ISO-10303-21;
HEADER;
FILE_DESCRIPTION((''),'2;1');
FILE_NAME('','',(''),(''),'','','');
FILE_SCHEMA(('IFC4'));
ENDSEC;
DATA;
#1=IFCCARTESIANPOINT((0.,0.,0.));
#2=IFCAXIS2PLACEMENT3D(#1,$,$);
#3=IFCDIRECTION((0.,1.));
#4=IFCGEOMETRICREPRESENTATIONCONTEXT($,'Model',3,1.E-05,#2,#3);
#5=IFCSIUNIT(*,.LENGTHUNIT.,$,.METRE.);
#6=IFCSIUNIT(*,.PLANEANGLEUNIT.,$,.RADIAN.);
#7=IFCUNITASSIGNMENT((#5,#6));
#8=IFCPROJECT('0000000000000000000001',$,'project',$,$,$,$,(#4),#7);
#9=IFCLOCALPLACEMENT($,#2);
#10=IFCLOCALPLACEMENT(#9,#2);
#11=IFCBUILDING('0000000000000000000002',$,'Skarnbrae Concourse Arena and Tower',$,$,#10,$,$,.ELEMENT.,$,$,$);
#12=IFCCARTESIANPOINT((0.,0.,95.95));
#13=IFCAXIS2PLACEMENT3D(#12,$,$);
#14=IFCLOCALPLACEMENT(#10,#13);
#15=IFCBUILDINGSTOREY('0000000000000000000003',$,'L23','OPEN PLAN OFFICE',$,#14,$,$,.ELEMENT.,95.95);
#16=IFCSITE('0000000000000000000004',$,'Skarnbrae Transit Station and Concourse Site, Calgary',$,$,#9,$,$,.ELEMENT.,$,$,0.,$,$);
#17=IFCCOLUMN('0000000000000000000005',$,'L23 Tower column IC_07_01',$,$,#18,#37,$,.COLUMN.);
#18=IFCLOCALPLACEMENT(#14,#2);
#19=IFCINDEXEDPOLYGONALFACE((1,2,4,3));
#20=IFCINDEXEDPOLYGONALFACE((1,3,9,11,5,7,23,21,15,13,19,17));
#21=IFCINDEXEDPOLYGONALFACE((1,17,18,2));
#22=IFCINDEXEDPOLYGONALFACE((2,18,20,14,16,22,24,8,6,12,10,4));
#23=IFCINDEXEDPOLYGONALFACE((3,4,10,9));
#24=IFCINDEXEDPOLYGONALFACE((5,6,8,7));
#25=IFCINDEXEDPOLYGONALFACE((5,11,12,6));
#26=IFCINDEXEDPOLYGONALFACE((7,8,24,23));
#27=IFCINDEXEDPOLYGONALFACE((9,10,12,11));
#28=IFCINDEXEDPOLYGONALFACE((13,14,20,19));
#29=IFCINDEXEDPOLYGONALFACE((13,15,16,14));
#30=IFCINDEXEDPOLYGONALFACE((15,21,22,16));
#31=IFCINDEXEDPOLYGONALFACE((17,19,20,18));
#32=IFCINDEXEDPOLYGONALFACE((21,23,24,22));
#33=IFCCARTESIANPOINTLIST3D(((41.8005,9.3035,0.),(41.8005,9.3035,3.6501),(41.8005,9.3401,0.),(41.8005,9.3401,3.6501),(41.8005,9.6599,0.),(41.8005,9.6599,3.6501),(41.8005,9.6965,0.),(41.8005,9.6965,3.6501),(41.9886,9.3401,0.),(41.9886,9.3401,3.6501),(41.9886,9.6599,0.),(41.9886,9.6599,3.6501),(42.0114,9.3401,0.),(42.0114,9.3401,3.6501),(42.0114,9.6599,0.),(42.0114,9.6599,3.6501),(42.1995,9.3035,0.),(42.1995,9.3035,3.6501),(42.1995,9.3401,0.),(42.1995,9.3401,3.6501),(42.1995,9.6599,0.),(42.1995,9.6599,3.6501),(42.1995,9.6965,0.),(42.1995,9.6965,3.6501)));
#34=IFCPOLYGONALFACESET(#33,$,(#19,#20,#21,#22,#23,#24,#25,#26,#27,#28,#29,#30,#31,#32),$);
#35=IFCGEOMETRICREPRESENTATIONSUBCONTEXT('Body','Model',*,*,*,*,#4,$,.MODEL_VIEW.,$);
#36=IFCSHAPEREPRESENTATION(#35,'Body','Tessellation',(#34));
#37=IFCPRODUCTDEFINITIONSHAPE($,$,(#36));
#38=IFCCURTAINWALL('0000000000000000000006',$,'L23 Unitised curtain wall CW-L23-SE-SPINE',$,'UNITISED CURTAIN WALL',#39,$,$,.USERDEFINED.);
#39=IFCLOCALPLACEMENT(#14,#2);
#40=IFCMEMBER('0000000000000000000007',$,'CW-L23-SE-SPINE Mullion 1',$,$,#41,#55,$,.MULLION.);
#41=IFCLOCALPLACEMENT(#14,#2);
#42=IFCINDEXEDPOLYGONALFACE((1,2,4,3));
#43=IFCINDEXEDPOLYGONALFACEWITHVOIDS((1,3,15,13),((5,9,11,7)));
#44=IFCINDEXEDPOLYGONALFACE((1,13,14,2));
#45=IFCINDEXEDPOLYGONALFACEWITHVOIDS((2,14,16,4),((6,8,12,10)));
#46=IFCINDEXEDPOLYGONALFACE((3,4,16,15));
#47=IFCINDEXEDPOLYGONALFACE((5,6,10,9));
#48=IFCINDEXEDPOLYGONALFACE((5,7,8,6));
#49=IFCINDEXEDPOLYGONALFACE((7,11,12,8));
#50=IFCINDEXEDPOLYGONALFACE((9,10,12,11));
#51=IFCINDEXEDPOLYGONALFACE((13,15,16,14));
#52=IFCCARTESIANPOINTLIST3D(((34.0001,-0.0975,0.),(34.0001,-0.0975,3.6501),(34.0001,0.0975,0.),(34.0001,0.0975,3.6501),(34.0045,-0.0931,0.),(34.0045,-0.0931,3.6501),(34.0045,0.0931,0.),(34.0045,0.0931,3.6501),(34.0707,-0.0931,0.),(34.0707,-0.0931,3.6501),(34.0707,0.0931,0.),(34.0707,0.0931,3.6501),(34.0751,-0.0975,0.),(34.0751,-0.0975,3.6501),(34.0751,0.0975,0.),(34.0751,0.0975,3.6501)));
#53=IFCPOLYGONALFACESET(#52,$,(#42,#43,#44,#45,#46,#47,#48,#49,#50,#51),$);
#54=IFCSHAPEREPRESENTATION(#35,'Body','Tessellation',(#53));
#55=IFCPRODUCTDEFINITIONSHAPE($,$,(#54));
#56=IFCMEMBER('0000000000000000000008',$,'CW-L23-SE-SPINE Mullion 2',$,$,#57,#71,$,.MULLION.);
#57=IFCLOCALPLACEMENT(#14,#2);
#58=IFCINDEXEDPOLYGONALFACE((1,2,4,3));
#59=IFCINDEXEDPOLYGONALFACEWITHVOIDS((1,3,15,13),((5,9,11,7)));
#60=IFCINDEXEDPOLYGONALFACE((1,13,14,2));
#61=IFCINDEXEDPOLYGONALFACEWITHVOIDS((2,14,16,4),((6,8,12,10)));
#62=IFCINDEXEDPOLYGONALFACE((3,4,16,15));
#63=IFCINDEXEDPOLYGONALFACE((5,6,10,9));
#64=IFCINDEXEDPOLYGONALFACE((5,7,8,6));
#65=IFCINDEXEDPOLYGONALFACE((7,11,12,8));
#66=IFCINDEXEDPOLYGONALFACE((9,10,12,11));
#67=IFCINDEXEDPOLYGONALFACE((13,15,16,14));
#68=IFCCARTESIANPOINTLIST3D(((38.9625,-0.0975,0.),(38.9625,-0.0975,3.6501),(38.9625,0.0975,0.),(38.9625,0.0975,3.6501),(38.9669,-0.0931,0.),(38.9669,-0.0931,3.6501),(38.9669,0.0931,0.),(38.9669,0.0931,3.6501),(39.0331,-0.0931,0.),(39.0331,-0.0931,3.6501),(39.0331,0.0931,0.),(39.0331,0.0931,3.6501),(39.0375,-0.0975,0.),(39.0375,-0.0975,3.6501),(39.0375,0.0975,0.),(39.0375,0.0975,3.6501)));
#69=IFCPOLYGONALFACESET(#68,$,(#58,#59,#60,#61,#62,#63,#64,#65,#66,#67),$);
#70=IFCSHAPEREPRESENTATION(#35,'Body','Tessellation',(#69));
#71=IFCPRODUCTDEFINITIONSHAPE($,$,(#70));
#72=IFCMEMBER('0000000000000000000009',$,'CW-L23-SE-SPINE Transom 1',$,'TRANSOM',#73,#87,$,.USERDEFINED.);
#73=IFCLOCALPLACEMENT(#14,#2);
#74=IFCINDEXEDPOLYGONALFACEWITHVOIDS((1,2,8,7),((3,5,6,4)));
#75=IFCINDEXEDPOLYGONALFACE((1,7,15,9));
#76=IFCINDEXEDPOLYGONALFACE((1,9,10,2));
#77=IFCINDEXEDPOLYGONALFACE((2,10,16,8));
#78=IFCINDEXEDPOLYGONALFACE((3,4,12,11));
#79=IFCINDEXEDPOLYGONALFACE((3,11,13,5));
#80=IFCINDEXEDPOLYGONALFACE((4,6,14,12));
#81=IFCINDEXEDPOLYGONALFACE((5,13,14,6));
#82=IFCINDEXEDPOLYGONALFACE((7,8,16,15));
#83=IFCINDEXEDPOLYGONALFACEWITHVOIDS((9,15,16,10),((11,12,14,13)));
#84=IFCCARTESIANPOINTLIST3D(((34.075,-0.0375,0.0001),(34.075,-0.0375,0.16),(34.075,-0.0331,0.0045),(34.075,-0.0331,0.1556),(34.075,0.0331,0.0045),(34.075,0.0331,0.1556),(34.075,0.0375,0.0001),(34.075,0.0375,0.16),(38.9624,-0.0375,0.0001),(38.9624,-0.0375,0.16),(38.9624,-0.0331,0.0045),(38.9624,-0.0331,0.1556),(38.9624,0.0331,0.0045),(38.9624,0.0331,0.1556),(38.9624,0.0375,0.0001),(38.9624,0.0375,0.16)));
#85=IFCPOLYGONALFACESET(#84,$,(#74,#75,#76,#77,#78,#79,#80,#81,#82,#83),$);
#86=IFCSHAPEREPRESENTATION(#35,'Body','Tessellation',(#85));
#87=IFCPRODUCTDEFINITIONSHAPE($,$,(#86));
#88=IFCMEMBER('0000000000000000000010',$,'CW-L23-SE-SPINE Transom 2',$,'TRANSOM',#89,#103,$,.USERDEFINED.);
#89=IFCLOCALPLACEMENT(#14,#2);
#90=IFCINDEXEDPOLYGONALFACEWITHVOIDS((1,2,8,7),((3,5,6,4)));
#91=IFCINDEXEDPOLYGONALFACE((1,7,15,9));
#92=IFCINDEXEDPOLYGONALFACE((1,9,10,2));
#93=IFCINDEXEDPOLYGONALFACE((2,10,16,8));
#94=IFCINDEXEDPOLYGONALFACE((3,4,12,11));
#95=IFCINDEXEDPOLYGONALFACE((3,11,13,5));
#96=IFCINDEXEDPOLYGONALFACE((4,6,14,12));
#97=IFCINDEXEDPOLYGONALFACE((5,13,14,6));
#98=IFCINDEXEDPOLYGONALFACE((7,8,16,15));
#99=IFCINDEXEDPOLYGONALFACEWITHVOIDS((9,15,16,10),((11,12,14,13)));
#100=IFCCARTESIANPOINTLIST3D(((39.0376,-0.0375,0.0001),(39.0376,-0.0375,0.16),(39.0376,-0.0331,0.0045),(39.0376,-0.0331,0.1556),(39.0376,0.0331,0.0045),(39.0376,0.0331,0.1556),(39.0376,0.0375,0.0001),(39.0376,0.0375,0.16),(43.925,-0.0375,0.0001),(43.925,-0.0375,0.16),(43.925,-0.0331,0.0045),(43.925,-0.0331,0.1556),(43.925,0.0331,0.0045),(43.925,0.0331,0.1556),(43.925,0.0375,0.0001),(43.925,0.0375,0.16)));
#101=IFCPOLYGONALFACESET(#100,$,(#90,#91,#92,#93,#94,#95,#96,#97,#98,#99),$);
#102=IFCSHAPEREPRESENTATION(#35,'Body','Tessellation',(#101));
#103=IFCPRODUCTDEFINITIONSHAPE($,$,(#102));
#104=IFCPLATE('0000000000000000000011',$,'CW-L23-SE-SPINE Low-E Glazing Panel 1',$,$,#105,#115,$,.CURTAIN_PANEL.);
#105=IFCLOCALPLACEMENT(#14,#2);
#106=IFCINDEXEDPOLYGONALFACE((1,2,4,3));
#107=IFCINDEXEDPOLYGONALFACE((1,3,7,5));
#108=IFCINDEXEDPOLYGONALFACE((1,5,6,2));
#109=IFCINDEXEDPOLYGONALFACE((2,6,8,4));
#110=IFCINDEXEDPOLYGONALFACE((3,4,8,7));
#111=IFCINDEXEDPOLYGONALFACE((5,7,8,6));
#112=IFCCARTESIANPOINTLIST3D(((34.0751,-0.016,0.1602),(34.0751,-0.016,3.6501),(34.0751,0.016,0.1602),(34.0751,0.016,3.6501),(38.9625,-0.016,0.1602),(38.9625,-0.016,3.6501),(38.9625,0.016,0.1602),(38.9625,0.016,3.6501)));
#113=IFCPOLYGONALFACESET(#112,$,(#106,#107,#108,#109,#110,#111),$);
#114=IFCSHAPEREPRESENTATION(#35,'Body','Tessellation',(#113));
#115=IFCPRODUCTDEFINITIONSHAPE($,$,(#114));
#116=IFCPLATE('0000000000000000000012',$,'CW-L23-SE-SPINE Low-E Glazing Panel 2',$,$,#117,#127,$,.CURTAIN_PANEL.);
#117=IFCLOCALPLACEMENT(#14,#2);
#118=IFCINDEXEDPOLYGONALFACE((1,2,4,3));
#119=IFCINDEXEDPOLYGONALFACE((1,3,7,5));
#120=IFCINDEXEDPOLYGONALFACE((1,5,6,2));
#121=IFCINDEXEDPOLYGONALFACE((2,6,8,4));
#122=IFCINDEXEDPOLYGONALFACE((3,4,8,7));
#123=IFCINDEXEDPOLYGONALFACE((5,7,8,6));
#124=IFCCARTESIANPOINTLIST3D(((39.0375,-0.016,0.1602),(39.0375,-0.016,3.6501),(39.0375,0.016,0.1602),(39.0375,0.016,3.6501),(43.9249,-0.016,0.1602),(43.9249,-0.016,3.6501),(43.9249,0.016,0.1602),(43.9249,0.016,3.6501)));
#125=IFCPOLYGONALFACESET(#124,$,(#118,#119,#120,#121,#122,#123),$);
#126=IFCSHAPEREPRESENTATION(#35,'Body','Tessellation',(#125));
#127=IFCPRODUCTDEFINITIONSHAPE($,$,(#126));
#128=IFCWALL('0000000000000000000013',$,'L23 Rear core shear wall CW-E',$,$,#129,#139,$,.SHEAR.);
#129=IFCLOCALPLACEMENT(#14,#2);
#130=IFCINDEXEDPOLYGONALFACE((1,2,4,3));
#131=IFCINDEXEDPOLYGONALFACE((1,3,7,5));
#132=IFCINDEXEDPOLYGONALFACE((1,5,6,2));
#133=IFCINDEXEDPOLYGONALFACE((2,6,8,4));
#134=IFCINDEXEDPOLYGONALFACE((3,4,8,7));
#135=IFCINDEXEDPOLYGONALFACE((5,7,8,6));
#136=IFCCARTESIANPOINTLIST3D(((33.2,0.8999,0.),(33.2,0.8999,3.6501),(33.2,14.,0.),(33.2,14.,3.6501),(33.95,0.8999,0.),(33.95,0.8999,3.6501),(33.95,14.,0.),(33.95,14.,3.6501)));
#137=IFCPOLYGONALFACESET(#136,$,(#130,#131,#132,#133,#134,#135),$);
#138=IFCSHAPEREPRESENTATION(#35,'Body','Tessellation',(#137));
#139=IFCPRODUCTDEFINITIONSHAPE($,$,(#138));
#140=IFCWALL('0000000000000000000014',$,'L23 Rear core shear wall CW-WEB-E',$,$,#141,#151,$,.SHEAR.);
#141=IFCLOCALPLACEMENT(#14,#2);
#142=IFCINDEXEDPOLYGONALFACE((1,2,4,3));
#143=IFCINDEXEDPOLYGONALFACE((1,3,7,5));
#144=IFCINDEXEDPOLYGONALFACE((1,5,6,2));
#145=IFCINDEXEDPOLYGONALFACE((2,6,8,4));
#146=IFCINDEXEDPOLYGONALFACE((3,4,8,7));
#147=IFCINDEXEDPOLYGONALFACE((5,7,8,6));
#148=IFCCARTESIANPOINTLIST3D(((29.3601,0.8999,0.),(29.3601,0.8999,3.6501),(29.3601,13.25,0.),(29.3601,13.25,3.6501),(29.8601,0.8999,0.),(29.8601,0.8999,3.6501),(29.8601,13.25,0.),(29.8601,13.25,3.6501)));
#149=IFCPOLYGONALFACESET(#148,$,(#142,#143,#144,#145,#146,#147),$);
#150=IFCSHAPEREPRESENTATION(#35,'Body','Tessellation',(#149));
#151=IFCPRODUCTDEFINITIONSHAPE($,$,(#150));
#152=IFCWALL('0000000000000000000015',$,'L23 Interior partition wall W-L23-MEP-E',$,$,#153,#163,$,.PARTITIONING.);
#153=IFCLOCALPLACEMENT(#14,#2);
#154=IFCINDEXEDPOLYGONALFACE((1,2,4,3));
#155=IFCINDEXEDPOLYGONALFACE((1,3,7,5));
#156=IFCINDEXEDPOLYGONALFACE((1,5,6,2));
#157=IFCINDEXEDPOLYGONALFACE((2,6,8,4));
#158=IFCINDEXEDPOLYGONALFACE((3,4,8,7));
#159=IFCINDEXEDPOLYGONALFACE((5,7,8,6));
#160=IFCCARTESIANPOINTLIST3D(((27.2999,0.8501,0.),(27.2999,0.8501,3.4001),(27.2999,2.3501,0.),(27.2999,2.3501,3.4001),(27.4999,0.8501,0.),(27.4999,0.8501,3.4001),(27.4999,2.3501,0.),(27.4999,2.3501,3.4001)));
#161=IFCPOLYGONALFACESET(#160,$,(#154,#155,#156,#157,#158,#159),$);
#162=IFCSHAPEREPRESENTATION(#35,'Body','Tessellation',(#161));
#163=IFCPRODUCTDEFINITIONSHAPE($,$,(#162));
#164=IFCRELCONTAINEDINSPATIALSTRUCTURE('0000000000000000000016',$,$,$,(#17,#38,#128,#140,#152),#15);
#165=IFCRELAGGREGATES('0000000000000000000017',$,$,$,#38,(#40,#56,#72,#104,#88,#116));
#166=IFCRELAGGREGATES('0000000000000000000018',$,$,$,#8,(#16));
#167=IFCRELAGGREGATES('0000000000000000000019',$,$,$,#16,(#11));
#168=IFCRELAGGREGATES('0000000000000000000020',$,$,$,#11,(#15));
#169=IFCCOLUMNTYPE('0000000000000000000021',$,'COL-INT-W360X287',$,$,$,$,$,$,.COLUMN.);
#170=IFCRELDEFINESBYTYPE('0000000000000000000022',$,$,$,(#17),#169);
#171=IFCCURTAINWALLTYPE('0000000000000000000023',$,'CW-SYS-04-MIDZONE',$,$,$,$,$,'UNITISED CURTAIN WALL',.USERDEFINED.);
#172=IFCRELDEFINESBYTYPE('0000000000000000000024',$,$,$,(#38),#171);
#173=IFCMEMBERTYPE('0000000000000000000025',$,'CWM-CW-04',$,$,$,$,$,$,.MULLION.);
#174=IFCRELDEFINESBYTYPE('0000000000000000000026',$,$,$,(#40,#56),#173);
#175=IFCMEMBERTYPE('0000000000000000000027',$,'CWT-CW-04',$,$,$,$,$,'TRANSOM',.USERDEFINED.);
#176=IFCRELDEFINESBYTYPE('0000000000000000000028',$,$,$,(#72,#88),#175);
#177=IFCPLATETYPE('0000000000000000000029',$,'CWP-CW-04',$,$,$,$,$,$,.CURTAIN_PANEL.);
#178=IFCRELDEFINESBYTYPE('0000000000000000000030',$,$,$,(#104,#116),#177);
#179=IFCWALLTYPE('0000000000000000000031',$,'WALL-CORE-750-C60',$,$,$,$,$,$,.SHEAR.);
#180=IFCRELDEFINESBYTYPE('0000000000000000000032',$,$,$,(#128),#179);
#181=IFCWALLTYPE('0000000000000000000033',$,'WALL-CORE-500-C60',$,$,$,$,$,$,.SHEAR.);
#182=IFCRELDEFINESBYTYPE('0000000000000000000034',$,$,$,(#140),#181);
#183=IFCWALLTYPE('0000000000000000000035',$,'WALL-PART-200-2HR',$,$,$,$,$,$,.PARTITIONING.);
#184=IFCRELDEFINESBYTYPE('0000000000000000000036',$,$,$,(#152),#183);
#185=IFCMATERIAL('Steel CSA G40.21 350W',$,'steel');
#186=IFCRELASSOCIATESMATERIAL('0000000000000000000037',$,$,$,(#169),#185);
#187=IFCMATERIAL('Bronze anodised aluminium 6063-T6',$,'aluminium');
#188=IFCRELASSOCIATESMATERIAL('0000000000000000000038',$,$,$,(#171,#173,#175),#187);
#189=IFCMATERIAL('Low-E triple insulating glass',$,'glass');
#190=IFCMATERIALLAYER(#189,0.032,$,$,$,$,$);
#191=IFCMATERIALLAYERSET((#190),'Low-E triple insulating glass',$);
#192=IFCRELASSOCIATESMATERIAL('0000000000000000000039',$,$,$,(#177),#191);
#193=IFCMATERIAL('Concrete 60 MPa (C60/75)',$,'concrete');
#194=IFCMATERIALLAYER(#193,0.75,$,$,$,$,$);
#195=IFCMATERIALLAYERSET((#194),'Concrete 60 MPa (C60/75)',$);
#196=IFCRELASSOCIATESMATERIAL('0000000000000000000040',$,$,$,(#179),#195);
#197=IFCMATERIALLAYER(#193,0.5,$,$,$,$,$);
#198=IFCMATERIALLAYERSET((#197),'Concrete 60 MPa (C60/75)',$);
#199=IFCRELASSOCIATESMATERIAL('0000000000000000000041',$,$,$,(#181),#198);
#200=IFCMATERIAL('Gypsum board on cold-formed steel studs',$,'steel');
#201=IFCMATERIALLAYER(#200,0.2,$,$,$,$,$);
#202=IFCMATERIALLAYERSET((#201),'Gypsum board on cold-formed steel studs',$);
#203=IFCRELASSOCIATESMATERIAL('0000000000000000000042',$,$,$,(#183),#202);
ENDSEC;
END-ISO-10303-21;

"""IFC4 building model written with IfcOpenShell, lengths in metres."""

from ifc_helpers import new_model, si_unit, direction, frame, frame_2d, origin, origin_2d, place, context, subcontext, project, spatial, rectangle, hollow_rectangle, i_section, extrude, source, transform, mapped, material, layer, layer_set, material_profile, profile_set, type_object, element, aggregate, save


model = new_model("IFC4")

# Units and contexts
model_context = context("Model", 3, precision=1e-05, world=origin(), true_north=direction((0.0, 1.0)))
body_context = subcontext(model_context, "Body", "Model", "MODEL_VIEW")
ifc_project = project(units=[si_unit("LENGTHUNIT", "METRE"), si_unit("PLANEANGLEUNIT", "RADIAN")], contexts=[model_context])

# Site, building, storey
site_placement = place(None, origin())
site = spatial("IfcSite", under=ifc_project, at=site_placement, Name="Skarnbrae Transit Station and Concourse Site, Calgary", CompositionType="ELEMENT", RefElevation=0.0)
building_placement = place(site_placement, origin())
building = spatial("IfcBuilding", under=site, at=building_placement, Name="Skarnbrae Concourse Arena and Tower", CompositionType="ELEMENT")
storey_placement = place(building_placement, frame((0.0, 0.0, 95.95)))
storey = spatial("IfcBuildingStorey", under=building, at=storey_placement, Name="L23", Description="OPEN PLAN OFFICE", CompositionType="ELEMENT", Elevation=95.95)

# Column
ifc_material_1 = material(Name="Steel CSA G40.21 350W", Category="steel")
ifc_material_profile_1 = material_profile(ifc_material_1, i_section(OverallWidth=0.3989, OverallDepth=0.3931, WebThickness=0.0227, FlangeThickness=0.0366, at=origin_2d()), Name="W360X287")
ifc_profile_set_1 = profile_set([ifc_material_profile_1], Name="Steel CSA G40.21 350W")
column_type = type_object("IfcColumnType", Name="COL-INT-W360X287", PredefinedType="COLUMN", material=ifc_profile_set_1)
shared_shape_1 = source(origin(), body_context, "Body", "SweptSolid", [
    extrude(i_section(OverallWidth=0.3989, OverallDepth=0.3931, WebThickness=0.0227, FlangeThickness=0.0366, at=origin_2d()), origin(), (0.0, 0.0, 1.0), 3.6501),
])
column_placement = place(storey_placement, frame((42.0, 9.5, 0.0), z_axis=(0.0, 0.0, 1.0), x_axis=(1.0, 0.0, 0.0)))
element("IfcColumn", 1, at=column_placement, inside=storey, type_object=column_type, Name="L23 Tower column IC_07_01", PredefinedType="COLUMN", context=body_context, shape_type="MappedRepresentation", body=[
    mapped(shared_shape_1, transform((0.0, 0.0, 0.0))),
])

# Curtain wall, members, plates
ifc_material_2 = material(Name="Bronze anodised aluminium 6063-T6", Category="aluminium")
curtain_wall_type = type_object("IfcCurtainWallType", Name="CW-SYS-04-MIDZONE", ElementType="UNITISED CURTAIN WALL", PredefinedType="USERDEFINED", material=ifc_material_2)
curtain_wall_placement = place(storey_placement, origin())
curtain_wall = element("IfcCurtainWall", 2, at=curtain_wall_placement, inside=storey, type_object=curtain_wall_type, Name="L23 Unitised curtain wall CW-L23-SE-SPINE", ObjectType="UNITISED CURTAIN WALL", PredefinedType="USERDEFINED")
ifc_material_profile_2 = material_profile(ifc_material_2, hollow_rectangle(XDim=0.075, YDim=0.1951, WallThickness=0.0044, at=origin_2d()), Name="ALU-MULL-75X195")
ifc_profile_set_2 = profile_set([ifc_material_profile_2], Name="Bronze anodised aluminium 6063-T6")
member_type_1 = type_object("IfcMemberType", Name="CWM-CW-04", PredefinedType="MULLION", material=ifc_profile_set_2)
shared_shape_2 = source(origin(), body_context, "Body", "SweptSolid", [
    extrude(hollow_rectangle(XDim=0.075, YDim=0.1951, WallThickness=0.0044, at=origin_2d()), origin(), (0.0, 0.0, 1.0), 3.6501),
])
member_1_placement = place(storey_placement, frame((34.0376, 0.0, 0.0), z_axis=(0.0, 0.0, 1.0), x_axis=(1.0, 0.0, 0.0)))
member_1 = element("IfcMember", 3, at=member_1_placement, type_object=member_type_1, Name="CW-L23-SE-SPINE Mullion 1", PredefinedType="MULLION", context=body_context, shape_type="MappedRepresentation", body=[
    mapped(shared_shape_2, transform((0.0, 0.0, 0.0))),
])
member_2_placement = place(storey_placement, frame((39.0, 0.0, 0.0), z_axis=(0.0, 0.0, 1.0), x_axis=(1.0, 0.0, 0.0)))
member_2 = element("IfcMember", 4, at=member_2_placement, type_object=member_type_1, Name="CW-L23-SE-SPINE Mullion 2", PredefinedType="MULLION", context=body_context, shape_type="MappedRepresentation", body=[
    mapped(shared_shape_2, transform((0.0, 0.0, 0.0))),
])
ifc_material_profile_3 = material_profile(ifc_material_2, hollow_rectangle(XDim=0.075, YDim=0.1599, WallThickness=0.0044, at=origin_2d()), Name="ALU-TRAN-75X160")
ifc_profile_set_3 = profile_set([ifc_material_profile_3], Name="Bronze anodised aluminium 6063-T6")
member_type_2 = type_object("IfcMemberType", Name="CWT-CW-04", ElementType="TRANSOM", PredefinedType="USERDEFINED", material=ifc_profile_set_3)
shared_shape_3 = source(origin(), body_context, "Body", "SweptSolid", [
    extrude(hollow_rectangle(XDim=0.075, YDim=0.1599, WallThickness=0.0044, at=origin_2d()), origin(), (0.0, 0.0, 1.0), 4.8875),
])
member_3_placement = place(storey_placement, frame((34.075, 0.0, 0.0801), z_axis=(1.0, 0.0, 0.0), x_axis=(0.0, 1.0, 0.0)))
member_3 = element("IfcMember", 5, at=member_3_placement, type_object=member_type_2, Name="CW-L23-SE-SPINE Transom 1", ObjectType="TRANSOM", PredefinedType="USERDEFINED", context=body_context, shape_type="MappedRepresentation", body=[
    mapped(shared_shape_3, transform((0.0, 0.0, 0.0))),
])
member_4_placement = place(storey_placement, frame((39.0376, 0.0, 0.0801), z_axis=(1.0, 0.0, 0.0), x_axis=(0.0, 1.0, 0.0)))
member_4 = element("IfcMember", 6, at=member_4_placement, type_object=member_type_2, Name="CW-L23-SE-SPINE Transom 2", ObjectType="TRANSOM", PredefinedType="USERDEFINED", context=body_context, shape_type="MappedRepresentation", body=[
    mapped(shared_shape_3, transform((0.0, 0.0, 0.0))),
])
ifc_material_3 = material(Name="Low-E triple insulating glass", Category="glass")
ifc_layer_1 = layer(ifc_material_3, 0.032)
ifc_layer_set_1 = layer_set([ifc_layer_1], Name="Low-E triple insulating glass")
plate_type = type_object("IfcPlateType", Name="CWP-CW-04", PredefinedType="CURTAIN_PANEL", material=ifc_layer_set_1)
shared_shape_4 = source(origin(), body_context, "Body", "SweptSolid", [
    extrude(rectangle(XDim=4.8875, YDim=0.032, at=origin_2d()), origin(), (0.0, 0.0, 1.0), 3.49),
])
plate_1_placement = place(storey_placement, frame((36.5188, 0.0, 0.1602), z_axis=(0.0, 0.0, 1.0), x_axis=(1.0, 0.0, 0.0)))
plate_1 = element("IfcPlate", 7, at=plate_1_placement, type_object=plate_type, Name="CW-L23-SE-SPINE Low-E Glazing Panel 1", PredefinedType="CURTAIN_PANEL", context=body_context, shape_type="MappedRepresentation", body=[
    mapped(shared_shape_4, transform((0.0, 0.0, 0.0))),
])
plate_2_placement = place(storey_placement, frame((41.4812, 0.0, 0.1602), z_axis=(0.0, 0.0, 1.0), x_axis=(1.0, 0.0, 0.0)))
plate_2 = element("IfcPlate", 8, at=plate_2_placement, type_object=plate_type, Name="CW-L23-SE-SPINE Low-E Glazing Panel 2", PredefinedType="CURTAIN_PANEL", context=body_context, shape_type="MappedRepresentation", body=[
    mapped(shared_shape_4, transform((0.0, 0.0, 0.0))),
])
aggregate(curtain_wall, [member_1, member_2, member_3, plate_1, member_4, plate_2])

# Walls
ifc_material_4 = material(Name="Concrete 60 MPa (C60/75)", Category="concrete")
ifc_layer_2 = layer(ifc_material_4, 0.75)
ifc_layer_set_2 = layer_set([ifc_layer_2], Name="Concrete 60 MPa (C60/75)")
wall_type_1 = type_object("IfcWallType", Name="WALL-CORE-750-C60", PredefinedType="SHEAR", material=ifc_layer_set_2)
shared_shape_5 = source(origin(), body_context, "Body", "SweptSolid", [
    extrude(rectangle(XDim=13.1001, YDim=0.75, at=frame_2d((6.55, 0.0))), origin(), (0.0, 0.0, 1.0), 3.6501),
])
wall_1_placement = place(storey_placement, frame((33.575, 0.8999, 0.0), z_axis=(0.0, 0.0, 1.0), x_axis=(0.0, 1.0, 0.0)))
element("IfcWall", 9, at=wall_1_placement, inside=storey, type_object=wall_type_1, Name="L23 Rear core shear wall CW-E", PredefinedType="SHEAR", context=body_context, shape_type="MappedRepresentation", body=[
    mapped(shared_shape_5, transform((0.0, 0.0, 0.0))),
])
ifc_layer_3 = layer(ifc_material_4, 0.5)
ifc_layer_set_3 = layer_set([ifc_layer_3], Name="Concrete 60 MPa (C60/75)")
wall_type_2 = type_object("IfcWallType", Name="WALL-CORE-500-C60", PredefinedType="SHEAR", material=ifc_layer_set_3)
shared_shape_6 = source(origin(), body_context, "Body", "SweptSolid", [
    extrude(rectangle(XDim=12.3501, YDim=0.5, at=frame_2d((6.175, 0.0))), origin(), (0.0, 0.0, 1.0), 3.6501),
])
wall_2_placement = place(storey_placement, frame((29.6101, 0.8999, 0.0), z_axis=(0.0, 0.0, 1.0), x_axis=(0.0, 1.0, 0.0)))
element("IfcWall", 10, at=wall_2_placement, inside=storey, type_object=wall_type_2, Name="L23 Rear core shear wall CW-WEB-E", PredefinedType="SHEAR", context=body_context, shape_type="MappedRepresentation", body=[
    mapped(shared_shape_6, transform((0.0, 0.0, 0.0))),
])
ifc_material_5 = material(Name="Gypsum board on cold-formed steel studs", Category="steel")
ifc_layer_4 = layer(ifc_material_5, 0.2)
ifc_layer_set_4 = layer_set([ifc_layer_4], Name="Gypsum board on cold-formed steel studs")
wall_type_3 = type_object("IfcWallType", Name="WALL-PART-200-2HR", PredefinedType="PARTITIONING", material=ifc_layer_set_4)
shared_shape_7 = source(origin(), body_context, "Body", "SweptSolid", [
    extrude(rectangle(XDim=1.5, YDim=0.2, at=frame_2d((0.75, 0.0))), origin(), (0.0, 0.0, 1.0), 3.4001),
])
wall_3_placement = place(storey_placement, frame((27.3999, 0.8501, 0.0), z_axis=(0.0, 0.0, 1.0), x_axis=(0.0, 1.0, 0.0)))
element("IfcWall", 11, at=wall_3_placement, inside=storey, type_object=wall_type_3, Name="L23 Interior partition wall W-L23-MEP-E", PredefinedType="PARTITIONING", context=body_context, shape_type="MappedRepresentation", body=[
    mapped(shared_shape_7, transform((0.0, 0.0, 0.0))),
])

save(model, "model.ifc")
